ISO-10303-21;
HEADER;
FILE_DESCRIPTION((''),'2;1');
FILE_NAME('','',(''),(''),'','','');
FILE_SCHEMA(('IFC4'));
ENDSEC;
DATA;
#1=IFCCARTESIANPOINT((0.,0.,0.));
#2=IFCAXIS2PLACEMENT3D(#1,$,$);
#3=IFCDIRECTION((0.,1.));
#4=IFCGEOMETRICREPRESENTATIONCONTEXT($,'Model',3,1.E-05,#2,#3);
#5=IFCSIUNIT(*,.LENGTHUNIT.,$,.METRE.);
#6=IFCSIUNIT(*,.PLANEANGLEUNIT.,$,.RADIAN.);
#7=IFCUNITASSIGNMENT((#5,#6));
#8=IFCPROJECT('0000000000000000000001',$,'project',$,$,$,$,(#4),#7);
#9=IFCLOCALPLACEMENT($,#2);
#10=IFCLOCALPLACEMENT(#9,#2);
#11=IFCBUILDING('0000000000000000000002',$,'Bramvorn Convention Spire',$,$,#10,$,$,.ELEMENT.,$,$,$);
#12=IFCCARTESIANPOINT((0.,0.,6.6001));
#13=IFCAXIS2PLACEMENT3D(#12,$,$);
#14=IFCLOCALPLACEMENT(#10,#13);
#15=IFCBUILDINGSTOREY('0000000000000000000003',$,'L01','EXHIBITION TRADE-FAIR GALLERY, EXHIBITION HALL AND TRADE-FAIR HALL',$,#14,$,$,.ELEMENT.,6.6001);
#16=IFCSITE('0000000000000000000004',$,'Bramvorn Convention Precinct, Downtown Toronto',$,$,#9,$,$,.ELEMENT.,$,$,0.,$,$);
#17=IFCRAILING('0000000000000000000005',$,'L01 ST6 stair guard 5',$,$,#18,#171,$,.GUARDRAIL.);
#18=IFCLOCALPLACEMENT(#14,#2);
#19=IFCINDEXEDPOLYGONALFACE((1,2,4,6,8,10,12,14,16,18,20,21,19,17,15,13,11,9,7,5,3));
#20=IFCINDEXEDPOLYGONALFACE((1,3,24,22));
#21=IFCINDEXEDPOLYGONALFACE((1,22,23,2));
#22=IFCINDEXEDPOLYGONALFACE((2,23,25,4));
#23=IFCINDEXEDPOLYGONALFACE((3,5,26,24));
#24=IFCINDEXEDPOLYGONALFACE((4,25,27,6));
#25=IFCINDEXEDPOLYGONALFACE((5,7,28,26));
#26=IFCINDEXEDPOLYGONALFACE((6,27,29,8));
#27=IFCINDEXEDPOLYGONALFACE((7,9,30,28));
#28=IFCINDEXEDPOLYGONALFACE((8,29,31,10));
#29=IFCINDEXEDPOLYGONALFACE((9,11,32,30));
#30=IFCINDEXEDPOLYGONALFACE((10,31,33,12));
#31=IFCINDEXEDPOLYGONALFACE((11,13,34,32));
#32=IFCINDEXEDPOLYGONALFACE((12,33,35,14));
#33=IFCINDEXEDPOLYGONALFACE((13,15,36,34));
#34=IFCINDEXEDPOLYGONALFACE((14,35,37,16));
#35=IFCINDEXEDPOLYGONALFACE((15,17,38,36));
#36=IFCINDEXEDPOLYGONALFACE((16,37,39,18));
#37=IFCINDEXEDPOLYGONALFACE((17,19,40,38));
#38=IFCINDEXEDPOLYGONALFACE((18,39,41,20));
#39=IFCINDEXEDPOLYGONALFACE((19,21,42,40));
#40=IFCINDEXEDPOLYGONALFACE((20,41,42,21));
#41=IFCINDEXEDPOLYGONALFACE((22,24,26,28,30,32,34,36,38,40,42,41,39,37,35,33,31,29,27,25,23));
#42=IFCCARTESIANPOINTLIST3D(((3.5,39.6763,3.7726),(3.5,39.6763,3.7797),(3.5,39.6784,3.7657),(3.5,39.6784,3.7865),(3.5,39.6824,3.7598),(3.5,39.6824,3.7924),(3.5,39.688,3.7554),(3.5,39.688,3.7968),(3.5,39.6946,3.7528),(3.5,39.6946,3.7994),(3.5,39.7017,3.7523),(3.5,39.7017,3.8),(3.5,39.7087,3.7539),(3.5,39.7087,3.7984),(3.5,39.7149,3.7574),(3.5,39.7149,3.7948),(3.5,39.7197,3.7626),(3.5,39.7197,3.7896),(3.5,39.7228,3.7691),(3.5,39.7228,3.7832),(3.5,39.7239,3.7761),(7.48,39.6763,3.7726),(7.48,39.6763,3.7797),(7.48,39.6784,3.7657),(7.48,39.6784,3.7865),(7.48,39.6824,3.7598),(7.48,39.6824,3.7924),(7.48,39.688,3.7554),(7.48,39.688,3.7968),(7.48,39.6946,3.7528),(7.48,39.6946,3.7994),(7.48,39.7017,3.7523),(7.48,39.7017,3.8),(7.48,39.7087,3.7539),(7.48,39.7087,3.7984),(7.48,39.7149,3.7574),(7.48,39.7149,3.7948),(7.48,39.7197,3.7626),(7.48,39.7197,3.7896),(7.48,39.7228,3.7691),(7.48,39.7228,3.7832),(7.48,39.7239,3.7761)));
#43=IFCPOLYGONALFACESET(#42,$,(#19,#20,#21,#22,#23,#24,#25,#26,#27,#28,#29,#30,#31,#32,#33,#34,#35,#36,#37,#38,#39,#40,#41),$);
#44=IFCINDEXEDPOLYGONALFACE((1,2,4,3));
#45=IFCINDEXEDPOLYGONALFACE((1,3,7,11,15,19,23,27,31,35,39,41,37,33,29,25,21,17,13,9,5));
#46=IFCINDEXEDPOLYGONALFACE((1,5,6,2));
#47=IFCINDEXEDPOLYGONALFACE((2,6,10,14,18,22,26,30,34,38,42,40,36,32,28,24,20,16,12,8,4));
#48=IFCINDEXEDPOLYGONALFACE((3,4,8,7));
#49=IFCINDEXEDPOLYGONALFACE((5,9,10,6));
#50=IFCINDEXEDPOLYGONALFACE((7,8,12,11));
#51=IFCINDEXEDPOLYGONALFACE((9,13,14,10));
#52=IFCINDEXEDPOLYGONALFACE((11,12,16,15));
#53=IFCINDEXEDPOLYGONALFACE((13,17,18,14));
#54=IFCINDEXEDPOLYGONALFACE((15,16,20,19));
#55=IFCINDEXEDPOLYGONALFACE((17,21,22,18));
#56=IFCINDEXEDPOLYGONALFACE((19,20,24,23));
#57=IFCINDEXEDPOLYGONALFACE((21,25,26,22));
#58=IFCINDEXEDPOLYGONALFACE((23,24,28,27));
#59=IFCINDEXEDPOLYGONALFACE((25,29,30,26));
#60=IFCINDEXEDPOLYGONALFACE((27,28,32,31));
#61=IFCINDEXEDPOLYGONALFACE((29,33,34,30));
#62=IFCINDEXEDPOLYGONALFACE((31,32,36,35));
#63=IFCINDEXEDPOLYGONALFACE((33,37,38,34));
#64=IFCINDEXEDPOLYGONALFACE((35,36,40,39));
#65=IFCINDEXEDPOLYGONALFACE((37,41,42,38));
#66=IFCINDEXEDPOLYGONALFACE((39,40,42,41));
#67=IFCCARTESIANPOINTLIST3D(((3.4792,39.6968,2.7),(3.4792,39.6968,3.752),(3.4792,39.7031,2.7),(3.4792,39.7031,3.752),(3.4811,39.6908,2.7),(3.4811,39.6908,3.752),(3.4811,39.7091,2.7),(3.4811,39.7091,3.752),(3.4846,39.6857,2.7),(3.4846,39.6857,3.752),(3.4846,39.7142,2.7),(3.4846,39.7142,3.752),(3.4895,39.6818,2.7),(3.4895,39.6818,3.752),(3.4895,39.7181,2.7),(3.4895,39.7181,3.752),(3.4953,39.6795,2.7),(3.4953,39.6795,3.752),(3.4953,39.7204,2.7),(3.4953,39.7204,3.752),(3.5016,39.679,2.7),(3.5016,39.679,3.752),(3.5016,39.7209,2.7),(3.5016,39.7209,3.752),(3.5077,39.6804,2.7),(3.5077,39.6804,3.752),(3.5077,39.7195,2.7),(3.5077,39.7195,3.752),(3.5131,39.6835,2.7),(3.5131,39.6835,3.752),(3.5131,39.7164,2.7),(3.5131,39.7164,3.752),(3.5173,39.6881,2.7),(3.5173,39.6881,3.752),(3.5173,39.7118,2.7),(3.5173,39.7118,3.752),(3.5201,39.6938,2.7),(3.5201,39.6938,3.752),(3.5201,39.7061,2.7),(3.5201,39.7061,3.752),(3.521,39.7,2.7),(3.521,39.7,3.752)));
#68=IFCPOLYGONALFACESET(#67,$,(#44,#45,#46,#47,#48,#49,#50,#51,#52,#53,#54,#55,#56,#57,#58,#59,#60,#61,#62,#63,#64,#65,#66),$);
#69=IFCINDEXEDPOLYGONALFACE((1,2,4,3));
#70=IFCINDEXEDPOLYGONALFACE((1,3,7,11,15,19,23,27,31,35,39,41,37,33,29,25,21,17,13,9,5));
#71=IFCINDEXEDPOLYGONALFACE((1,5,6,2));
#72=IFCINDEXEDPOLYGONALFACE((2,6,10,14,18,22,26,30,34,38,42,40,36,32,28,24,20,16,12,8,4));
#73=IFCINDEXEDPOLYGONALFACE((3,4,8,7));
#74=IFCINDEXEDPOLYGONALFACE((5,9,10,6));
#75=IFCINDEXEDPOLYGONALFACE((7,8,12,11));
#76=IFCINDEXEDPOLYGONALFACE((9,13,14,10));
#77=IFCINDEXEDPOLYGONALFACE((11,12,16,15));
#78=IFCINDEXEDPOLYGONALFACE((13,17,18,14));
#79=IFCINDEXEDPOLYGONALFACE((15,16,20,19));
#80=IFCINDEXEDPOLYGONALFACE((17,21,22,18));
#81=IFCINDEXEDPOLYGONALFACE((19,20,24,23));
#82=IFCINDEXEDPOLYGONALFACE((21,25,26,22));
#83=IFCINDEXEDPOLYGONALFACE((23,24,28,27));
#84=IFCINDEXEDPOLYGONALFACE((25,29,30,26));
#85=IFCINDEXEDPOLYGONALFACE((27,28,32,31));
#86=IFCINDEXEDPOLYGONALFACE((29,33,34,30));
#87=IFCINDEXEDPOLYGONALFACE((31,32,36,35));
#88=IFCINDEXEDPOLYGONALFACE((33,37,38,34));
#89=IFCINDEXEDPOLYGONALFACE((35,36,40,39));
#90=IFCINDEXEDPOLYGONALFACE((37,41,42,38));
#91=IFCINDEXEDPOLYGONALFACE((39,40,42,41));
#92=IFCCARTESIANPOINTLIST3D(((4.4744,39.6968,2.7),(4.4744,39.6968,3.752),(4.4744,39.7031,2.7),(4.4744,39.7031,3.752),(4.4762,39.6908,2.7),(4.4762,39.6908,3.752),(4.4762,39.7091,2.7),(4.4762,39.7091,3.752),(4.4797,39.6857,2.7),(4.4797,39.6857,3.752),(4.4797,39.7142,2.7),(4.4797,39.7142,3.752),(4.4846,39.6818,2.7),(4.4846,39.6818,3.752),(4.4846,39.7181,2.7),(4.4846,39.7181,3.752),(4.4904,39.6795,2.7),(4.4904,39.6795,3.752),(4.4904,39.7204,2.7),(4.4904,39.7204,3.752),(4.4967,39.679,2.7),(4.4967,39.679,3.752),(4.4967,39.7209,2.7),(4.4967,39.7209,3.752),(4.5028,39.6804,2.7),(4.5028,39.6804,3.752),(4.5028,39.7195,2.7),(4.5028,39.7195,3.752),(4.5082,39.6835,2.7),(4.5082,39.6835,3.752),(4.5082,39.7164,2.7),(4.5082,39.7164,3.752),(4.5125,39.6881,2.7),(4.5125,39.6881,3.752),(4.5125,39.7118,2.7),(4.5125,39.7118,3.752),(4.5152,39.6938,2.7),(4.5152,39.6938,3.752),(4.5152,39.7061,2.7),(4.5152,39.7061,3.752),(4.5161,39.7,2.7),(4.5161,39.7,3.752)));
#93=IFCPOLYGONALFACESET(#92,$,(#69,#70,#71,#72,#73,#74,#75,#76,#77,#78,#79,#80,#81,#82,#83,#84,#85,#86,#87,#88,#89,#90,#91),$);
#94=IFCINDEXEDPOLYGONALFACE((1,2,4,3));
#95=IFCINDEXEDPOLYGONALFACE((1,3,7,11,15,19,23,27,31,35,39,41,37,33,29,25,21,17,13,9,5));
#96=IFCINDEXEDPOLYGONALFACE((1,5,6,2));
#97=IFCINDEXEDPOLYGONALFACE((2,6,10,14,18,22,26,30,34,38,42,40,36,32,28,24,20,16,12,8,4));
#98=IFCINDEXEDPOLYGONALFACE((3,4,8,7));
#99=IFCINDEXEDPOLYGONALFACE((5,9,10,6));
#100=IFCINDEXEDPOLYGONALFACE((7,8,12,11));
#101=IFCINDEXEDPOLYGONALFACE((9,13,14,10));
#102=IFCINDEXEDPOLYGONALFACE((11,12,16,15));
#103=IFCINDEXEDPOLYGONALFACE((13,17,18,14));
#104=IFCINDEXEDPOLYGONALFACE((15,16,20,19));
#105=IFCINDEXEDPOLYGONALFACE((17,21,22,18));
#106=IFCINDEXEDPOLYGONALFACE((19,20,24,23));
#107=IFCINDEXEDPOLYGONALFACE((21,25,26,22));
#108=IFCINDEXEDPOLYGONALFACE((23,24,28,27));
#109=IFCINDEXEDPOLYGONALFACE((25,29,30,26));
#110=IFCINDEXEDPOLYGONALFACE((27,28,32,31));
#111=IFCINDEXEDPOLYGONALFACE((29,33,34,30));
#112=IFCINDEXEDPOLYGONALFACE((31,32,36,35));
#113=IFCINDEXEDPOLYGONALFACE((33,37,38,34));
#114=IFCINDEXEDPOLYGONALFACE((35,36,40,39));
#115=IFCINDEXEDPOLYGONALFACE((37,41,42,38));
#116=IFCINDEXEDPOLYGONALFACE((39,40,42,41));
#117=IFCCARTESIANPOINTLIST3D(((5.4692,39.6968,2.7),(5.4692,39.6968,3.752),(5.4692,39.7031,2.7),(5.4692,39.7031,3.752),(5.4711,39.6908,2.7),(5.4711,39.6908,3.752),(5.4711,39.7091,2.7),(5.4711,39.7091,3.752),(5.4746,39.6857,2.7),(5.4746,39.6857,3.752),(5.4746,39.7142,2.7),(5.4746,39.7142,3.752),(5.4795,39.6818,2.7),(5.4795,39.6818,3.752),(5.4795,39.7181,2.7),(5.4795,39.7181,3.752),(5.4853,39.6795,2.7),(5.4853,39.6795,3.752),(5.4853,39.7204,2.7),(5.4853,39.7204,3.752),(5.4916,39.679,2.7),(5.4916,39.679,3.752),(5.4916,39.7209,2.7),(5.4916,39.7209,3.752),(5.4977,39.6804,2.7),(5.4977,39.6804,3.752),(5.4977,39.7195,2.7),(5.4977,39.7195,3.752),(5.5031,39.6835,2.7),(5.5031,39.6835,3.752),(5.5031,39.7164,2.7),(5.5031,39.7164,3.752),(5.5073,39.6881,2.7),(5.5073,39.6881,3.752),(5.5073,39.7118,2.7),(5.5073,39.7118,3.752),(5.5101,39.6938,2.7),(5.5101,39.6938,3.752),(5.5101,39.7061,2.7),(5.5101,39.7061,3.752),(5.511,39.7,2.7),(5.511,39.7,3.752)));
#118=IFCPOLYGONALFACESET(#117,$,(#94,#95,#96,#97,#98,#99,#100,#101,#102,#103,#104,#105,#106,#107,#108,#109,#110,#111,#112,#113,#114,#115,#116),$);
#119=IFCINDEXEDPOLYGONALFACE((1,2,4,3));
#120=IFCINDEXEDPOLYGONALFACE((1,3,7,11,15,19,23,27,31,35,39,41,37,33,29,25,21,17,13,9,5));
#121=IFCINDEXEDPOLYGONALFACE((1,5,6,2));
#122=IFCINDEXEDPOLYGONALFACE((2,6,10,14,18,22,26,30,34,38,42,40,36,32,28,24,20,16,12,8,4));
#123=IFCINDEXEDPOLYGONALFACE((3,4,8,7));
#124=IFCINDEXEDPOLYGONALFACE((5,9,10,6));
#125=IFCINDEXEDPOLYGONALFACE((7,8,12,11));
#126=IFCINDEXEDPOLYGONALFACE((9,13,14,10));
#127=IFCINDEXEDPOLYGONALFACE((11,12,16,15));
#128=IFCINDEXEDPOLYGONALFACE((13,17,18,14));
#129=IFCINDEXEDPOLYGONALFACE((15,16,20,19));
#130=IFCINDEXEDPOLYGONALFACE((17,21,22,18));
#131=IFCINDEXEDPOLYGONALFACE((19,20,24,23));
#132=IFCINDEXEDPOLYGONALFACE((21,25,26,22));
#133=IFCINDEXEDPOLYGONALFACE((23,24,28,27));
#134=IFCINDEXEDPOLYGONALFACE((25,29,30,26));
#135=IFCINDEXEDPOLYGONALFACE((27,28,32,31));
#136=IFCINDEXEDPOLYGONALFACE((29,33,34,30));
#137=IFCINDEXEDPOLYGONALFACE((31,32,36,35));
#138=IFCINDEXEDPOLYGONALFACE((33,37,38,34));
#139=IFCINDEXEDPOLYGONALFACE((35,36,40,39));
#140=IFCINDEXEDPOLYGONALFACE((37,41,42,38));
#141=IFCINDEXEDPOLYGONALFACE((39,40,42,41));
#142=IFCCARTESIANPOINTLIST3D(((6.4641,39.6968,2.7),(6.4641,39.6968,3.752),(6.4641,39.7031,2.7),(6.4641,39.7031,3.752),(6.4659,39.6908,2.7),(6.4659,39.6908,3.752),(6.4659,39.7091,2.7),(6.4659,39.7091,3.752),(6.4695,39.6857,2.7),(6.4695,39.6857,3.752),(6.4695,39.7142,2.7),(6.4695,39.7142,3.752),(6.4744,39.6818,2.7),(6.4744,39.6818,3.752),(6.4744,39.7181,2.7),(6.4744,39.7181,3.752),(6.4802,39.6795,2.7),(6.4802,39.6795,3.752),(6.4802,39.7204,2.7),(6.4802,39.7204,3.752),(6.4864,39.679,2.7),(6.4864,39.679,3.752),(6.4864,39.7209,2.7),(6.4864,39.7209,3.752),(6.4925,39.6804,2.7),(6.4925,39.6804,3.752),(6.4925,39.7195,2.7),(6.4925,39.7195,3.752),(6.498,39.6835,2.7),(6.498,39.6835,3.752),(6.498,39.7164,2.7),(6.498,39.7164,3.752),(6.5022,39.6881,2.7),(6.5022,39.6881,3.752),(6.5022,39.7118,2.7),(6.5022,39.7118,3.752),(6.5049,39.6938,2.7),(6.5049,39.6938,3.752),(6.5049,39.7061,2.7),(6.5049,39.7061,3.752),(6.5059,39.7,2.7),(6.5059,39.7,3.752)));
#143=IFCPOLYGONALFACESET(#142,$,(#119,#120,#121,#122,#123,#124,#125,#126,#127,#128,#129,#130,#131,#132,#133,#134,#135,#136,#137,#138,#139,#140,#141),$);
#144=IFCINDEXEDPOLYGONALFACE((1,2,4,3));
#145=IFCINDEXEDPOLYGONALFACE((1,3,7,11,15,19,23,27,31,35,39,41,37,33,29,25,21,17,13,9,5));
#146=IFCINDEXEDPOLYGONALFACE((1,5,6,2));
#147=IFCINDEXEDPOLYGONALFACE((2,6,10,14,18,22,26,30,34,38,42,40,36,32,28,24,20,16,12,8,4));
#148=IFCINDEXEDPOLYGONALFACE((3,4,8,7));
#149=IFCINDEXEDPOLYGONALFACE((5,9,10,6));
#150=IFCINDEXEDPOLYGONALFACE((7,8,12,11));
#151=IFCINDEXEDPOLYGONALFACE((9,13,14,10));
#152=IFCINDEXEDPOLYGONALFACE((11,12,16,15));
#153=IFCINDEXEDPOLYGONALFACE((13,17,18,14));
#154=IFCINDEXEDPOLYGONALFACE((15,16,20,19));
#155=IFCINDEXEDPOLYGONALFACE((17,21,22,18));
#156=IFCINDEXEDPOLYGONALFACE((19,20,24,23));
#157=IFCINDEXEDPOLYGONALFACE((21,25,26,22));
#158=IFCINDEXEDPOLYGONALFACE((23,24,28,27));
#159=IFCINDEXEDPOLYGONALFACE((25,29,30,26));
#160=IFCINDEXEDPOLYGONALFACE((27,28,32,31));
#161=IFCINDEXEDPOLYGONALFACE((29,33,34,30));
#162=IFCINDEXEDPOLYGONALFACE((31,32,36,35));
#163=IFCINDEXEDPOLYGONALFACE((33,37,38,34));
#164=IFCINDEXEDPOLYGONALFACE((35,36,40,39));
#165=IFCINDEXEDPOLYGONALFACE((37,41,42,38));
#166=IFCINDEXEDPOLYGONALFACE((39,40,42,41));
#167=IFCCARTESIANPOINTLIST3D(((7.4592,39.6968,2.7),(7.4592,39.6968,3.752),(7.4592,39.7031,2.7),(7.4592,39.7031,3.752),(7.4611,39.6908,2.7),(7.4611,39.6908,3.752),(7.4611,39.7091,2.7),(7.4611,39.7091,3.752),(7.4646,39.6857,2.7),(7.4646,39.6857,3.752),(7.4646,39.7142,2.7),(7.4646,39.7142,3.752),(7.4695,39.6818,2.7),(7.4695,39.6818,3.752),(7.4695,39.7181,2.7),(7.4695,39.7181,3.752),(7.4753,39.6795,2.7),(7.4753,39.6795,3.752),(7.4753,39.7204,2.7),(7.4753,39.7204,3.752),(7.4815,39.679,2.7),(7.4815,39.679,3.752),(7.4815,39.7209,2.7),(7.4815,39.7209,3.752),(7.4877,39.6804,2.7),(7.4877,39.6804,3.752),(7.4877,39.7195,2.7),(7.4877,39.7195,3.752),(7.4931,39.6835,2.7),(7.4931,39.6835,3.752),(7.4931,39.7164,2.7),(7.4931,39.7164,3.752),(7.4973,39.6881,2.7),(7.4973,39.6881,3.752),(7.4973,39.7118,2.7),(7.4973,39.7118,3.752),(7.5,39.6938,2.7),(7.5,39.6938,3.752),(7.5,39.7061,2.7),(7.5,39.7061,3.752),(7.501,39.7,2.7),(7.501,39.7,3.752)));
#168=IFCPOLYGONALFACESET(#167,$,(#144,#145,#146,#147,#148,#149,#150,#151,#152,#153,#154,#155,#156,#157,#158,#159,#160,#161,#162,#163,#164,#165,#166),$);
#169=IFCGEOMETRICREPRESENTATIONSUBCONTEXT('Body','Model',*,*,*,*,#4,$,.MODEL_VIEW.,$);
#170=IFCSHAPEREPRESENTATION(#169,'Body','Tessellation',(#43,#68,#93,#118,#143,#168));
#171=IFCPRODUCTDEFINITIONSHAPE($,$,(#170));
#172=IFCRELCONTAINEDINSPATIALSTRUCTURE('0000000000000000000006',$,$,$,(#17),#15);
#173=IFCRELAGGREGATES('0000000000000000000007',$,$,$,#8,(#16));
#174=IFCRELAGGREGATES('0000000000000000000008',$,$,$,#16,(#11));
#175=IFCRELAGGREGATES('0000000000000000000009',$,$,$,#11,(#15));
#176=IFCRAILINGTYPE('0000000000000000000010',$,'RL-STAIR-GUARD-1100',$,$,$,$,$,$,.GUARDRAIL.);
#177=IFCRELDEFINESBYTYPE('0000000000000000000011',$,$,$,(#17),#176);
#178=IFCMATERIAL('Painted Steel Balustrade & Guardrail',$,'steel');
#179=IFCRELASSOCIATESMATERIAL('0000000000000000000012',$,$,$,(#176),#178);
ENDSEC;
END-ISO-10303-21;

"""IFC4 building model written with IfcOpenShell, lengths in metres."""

from ifc_helpers import new_model, si_unit, direction, frame, origin, origin_2d, place, context, subcontext, project, spatial, circle, extrude, material, type_object, element, save


model = new_model("IFC4")

# Units and contexts
model_context = context("Model", 3, precision=1e-05, world=origin(), true_north=direction((0.0, 1.0)))
body_context = subcontext(model_context, "Body", "Model", "MODEL_VIEW")
ifc_project = project(units=[si_unit("LENGTHUNIT", "METRE"), si_unit("PLANEANGLEUNIT", "RADIAN")], contexts=[model_context])

# Site, building, storey
site_placement = place(None, origin())
site = spatial("IfcSite", under=ifc_project, at=site_placement, Name="Bramvorn Convention Precinct, Downtown Toronto", CompositionType="ELEMENT", RefElevation=0.0)
building_placement = place(site_placement, origin())
building = spatial("IfcBuilding", under=site, at=building_placement, Name="Bramvorn Convention Spire", CompositionType="ELEMENT")
storey_placement = place(building_placement, frame((0.0, 0.0, 6.6001)))
storey = spatial("IfcBuildingStorey", under=building, at=storey_placement, Name="L01", Description="EXHIBITION TRADE-FAIR GALLERY, EXHIBITION HALL AND TRADE-FAIR HALL", CompositionType="ELEMENT", Elevation=6.6001)

# Railing
ifc_material_1 = material(Name="Painted Steel Balustrade & Guardrail", Category="steel")
railing_type = type_object("IfcRailingType", Name="RL-STAIR-GUARD-1100", PredefinedType="GUARDRAIL", material=ifc_material_1)
railing_1_placement = place(storey_placement, frame((3.5, 39.7, 2.7)))
element("IfcRailing", 1, at=railing_1_placement, inside=storey, type_object=railing_type, Name="L01 ST6 stair guard 5", PredefinedType="GUARDRAIL", context=body_context, shape_type="SweptSolid", body=[
    extrude(circle(Radius=0.0239, at=origin_2d()), frame((0.0, 0.0, 1.0762), z_axis=(1.0, 0.0, 0.0), x_axis=(0.0, 1.0, 0.0)), (0.0, 0.0, 1.0), 3.98),
    extrude(circle(Radius=0.021, at=origin_2d()), origin(), (0.0, 0.0, 1.0), 1.052),
    extrude(circle(Radius=0.021, at=origin_2d()), frame((0.9951, 0.0, 0.0)), (0.0, 0.0, 1.0), 1.052),
    extrude(circle(Radius=0.021, at=origin_2d()), frame((1.99, 0.0, 0.0)), (0.0, 0.0, 1.0), 1.052),
    extrude(circle(Radius=0.021, at=origin_2d()), frame((2.9849, 0.0, 0.0)), (0.0, 0.0, 1.0), 1.052),
    extrude(circle(Radius=0.021, at=origin_2d()), frame((3.98, 0.0, 0.0)), (0.0, 0.0, 1.0), 1.052),
])

save(model, "model.ifc")
